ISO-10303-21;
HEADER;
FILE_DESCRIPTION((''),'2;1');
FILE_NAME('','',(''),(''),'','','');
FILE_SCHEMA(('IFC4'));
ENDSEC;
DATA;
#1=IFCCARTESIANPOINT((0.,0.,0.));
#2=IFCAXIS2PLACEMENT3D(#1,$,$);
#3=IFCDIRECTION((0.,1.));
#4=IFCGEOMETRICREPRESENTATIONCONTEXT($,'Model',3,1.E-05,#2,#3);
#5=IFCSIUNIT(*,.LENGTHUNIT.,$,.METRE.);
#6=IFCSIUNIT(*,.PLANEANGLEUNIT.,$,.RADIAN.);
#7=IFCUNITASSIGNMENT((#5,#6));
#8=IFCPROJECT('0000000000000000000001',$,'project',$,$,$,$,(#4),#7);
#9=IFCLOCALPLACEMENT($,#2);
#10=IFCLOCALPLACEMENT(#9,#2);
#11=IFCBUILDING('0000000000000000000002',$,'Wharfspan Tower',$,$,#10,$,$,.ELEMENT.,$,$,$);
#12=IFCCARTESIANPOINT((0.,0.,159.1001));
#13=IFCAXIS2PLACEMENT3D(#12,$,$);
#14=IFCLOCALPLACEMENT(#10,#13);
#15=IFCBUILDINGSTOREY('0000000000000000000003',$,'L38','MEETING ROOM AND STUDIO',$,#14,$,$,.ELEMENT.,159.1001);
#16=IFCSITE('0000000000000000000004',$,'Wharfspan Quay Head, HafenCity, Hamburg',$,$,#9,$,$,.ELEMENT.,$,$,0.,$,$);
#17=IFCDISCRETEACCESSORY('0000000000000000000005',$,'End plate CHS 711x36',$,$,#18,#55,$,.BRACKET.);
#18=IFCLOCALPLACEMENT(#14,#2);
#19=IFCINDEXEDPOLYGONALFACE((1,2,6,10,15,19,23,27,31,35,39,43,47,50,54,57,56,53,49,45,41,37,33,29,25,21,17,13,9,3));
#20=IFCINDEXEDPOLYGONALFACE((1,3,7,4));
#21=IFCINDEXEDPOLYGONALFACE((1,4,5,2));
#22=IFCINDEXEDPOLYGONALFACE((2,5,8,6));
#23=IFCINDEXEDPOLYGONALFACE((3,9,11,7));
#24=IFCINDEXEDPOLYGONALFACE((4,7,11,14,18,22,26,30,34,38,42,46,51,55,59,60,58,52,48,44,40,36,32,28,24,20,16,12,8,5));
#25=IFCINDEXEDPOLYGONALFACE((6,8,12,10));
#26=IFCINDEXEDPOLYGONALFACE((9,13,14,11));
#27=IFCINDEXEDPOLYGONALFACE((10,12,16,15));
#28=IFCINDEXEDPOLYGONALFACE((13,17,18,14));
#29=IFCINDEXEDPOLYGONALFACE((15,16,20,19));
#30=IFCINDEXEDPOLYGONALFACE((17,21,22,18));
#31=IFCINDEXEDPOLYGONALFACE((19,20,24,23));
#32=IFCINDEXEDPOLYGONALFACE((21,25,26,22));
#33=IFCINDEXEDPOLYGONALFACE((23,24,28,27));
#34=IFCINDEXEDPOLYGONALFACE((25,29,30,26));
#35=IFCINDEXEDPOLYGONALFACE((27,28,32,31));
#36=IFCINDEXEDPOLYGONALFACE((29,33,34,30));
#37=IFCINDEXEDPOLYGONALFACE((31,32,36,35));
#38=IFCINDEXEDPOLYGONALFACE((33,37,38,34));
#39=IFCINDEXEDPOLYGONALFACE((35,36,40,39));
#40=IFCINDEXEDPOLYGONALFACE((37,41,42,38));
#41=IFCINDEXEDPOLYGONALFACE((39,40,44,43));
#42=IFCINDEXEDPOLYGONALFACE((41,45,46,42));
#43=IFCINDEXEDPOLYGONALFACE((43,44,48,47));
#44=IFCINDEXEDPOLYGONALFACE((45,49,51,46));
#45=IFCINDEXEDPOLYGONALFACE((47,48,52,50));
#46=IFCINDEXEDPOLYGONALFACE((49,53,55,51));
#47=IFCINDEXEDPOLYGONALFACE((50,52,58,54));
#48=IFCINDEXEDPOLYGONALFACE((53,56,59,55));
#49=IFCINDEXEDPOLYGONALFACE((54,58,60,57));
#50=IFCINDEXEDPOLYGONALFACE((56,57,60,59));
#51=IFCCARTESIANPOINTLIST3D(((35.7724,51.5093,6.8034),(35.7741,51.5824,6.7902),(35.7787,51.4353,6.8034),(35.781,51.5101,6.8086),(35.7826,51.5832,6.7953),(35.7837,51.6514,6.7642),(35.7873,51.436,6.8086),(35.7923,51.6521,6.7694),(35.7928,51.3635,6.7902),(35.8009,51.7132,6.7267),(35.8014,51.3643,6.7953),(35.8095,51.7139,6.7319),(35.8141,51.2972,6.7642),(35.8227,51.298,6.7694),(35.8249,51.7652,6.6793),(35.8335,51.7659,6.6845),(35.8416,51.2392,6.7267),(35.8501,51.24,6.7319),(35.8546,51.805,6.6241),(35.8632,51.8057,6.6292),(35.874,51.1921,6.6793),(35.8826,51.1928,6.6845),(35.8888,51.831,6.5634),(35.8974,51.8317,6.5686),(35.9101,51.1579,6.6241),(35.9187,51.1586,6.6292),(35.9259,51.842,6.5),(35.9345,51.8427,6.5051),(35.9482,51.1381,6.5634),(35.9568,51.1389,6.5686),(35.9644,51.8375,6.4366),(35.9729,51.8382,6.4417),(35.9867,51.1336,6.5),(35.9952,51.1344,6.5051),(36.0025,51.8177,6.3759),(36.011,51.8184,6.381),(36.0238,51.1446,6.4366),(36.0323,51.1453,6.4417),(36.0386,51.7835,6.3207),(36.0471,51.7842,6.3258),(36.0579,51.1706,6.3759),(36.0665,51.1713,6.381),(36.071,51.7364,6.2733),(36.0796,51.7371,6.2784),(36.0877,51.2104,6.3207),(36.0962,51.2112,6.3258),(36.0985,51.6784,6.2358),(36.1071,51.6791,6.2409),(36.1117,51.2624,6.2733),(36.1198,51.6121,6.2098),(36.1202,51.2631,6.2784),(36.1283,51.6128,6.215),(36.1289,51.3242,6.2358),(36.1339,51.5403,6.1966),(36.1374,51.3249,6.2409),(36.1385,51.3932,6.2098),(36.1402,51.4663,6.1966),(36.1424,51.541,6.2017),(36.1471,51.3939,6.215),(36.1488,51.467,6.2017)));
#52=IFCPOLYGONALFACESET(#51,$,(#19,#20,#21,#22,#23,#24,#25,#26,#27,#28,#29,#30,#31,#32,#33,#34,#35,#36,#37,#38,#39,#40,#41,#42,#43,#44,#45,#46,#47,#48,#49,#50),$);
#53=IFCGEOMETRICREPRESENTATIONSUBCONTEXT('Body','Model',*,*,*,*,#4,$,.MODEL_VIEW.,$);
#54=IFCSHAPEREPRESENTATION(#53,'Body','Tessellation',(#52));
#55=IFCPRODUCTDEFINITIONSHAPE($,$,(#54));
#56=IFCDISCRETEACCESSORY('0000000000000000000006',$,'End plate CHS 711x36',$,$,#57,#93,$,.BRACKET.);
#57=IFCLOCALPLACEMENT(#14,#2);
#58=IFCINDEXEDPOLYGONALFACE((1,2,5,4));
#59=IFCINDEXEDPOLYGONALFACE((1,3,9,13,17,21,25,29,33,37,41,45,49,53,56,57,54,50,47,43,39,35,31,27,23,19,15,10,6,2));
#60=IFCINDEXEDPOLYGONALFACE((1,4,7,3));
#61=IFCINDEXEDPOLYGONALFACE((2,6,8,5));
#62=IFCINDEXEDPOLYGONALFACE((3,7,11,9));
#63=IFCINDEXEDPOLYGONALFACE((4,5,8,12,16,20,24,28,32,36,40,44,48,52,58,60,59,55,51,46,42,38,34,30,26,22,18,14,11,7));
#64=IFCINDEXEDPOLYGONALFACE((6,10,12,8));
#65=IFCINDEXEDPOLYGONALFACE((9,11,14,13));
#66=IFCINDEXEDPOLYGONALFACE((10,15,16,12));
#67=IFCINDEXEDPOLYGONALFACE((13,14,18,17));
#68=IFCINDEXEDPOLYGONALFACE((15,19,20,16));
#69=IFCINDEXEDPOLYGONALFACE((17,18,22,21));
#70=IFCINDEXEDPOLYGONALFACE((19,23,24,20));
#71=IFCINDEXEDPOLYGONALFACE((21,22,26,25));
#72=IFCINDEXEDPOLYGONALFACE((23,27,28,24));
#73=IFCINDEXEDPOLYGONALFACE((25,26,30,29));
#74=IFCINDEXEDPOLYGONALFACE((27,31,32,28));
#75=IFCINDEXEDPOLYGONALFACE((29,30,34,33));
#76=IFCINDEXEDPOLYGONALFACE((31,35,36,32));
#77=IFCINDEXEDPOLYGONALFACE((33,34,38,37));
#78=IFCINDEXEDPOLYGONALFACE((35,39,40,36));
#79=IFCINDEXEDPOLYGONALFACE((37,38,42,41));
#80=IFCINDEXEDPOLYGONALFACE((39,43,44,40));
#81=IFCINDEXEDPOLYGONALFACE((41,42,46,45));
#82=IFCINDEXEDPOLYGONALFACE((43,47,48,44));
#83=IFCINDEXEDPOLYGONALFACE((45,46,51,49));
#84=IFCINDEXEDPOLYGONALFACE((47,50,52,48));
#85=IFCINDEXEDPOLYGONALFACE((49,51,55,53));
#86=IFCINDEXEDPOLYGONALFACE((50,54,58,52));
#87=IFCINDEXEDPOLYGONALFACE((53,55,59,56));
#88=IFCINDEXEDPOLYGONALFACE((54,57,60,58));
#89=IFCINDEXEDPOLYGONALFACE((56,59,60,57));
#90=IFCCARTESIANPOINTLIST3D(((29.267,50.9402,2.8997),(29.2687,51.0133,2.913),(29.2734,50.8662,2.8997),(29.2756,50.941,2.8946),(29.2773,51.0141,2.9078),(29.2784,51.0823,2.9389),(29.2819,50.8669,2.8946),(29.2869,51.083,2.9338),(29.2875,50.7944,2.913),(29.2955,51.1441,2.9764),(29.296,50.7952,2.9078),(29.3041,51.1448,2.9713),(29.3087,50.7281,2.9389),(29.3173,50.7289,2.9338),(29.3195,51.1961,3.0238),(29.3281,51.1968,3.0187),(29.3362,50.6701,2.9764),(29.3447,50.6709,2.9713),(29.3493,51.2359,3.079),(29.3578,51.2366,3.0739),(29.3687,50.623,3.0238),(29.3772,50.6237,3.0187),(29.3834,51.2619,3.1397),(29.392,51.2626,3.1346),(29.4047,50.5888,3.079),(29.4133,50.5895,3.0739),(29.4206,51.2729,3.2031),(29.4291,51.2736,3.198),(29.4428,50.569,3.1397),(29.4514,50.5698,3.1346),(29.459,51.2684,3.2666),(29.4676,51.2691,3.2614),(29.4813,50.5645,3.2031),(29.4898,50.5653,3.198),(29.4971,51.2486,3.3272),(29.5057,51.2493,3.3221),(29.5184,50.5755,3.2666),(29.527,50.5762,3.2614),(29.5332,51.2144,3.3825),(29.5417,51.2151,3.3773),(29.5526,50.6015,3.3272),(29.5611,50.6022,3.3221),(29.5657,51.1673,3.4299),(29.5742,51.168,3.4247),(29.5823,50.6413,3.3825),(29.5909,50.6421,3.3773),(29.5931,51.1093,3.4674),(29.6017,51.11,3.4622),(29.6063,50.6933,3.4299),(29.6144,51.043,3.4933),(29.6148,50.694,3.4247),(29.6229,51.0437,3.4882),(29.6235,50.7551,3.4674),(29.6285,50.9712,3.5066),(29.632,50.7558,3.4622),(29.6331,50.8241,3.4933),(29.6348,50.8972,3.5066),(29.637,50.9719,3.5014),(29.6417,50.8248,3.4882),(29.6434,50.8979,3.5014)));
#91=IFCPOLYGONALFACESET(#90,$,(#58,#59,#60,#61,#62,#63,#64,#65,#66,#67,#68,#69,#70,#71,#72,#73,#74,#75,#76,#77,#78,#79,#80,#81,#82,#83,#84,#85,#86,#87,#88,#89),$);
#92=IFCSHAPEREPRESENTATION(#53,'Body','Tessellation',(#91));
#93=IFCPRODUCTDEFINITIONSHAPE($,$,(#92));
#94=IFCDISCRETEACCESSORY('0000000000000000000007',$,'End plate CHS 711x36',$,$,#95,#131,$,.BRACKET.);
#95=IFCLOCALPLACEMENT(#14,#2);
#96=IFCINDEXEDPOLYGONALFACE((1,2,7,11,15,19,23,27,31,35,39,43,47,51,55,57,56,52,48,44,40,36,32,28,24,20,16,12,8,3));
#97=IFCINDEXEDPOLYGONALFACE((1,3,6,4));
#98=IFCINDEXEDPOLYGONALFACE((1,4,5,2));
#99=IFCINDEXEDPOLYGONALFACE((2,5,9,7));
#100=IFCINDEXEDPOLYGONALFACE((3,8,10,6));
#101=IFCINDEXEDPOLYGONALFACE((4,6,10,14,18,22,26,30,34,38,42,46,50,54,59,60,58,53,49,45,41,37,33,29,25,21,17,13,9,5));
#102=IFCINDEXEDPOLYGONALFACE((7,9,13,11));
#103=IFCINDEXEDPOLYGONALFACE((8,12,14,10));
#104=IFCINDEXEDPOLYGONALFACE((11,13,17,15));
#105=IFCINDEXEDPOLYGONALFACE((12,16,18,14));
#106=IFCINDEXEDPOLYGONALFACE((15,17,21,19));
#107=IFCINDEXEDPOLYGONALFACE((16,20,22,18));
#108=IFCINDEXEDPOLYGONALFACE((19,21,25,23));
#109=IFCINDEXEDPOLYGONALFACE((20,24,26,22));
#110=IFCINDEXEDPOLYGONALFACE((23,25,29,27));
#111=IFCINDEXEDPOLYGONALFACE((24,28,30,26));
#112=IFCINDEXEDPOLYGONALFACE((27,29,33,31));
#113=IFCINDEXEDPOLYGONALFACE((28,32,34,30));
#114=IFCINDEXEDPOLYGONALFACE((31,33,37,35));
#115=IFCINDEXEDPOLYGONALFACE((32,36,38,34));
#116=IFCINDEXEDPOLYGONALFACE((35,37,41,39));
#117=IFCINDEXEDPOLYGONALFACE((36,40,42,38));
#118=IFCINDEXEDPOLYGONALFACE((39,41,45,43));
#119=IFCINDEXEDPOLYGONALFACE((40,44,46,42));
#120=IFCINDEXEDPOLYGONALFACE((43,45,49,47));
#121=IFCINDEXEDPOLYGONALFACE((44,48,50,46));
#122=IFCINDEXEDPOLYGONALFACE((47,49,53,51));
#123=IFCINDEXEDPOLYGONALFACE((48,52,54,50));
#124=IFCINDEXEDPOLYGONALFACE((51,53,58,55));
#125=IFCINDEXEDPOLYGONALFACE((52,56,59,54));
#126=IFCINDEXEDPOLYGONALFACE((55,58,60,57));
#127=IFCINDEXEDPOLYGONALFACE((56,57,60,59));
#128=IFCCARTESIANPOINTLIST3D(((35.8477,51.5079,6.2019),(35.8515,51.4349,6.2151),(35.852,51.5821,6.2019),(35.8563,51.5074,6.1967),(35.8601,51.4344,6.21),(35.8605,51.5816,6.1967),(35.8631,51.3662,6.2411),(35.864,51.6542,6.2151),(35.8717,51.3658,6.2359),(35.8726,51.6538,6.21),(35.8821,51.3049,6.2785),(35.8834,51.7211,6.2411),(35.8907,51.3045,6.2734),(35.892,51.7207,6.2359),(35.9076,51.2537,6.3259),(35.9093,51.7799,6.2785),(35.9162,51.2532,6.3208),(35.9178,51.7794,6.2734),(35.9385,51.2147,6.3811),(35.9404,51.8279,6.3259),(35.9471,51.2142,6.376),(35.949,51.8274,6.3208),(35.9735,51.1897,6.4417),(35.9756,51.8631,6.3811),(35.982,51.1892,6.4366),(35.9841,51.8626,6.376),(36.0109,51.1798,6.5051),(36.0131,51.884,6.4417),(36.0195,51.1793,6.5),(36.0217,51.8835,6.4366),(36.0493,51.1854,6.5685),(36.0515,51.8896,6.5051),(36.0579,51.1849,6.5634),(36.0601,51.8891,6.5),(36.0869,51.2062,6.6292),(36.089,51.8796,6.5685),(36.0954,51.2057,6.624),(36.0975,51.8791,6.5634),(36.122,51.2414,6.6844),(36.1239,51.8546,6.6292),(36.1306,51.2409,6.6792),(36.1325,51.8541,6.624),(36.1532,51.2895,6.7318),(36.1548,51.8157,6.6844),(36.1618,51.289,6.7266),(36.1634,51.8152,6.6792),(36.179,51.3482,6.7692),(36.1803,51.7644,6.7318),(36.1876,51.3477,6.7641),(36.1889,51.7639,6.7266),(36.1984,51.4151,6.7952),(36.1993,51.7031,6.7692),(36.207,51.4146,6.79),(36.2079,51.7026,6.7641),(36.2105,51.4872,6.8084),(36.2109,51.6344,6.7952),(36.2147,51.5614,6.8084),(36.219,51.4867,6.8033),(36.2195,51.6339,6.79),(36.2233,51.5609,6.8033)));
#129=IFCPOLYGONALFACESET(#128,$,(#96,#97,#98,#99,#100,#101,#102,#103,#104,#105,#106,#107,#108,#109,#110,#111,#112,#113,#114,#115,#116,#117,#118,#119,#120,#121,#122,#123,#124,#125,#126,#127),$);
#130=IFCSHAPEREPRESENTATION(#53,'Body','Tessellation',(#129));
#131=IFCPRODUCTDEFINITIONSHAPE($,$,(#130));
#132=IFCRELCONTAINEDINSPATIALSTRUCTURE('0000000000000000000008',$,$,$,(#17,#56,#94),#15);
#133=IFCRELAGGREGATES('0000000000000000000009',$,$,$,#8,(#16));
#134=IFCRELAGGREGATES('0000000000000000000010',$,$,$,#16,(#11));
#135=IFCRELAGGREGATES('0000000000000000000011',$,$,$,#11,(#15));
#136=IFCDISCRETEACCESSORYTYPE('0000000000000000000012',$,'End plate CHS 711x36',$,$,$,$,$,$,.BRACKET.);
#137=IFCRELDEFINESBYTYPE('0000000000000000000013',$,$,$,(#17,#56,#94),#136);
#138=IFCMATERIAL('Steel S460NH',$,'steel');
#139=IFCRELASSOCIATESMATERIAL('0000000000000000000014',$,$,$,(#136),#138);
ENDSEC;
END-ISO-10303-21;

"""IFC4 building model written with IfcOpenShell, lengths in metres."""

from ifc_helpers import new_model, si_unit, direction, frame, origin, origin_2d, place, context, subcontext, project, spatial, circle, extrude, material, material_profile, profile_set, type_object, element, save


model = new_model("IFC4")

# Units and contexts
model_context = context("Model", 3, precision=1e-05, world=origin(), true_north=direction((0.0, 1.0)))
body_context = subcontext(model_context, "Body", "Model", "MODEL_VIEW")
ifc_project = project(units=[si_unit("LENGTHUNIT", "METRE"), si_unit("PLANEANGLEUNIT", "RADIAN")], contexts=[model_context])

# Site, building, storey
site_placement = place(None, origin())
site = spatial("IfcSite", under=ifc_project, at=site_placement, Name="Wharfspan Quay Head, HafenCity, Hamburg", CompositionType="ELEMENT", RefElevation=0.0)
building_placement = place(site_placement, origin())
building = spatial("IfcBuilding", under=site, at=building_placement, Name="Wharfspan Tower", CompositionType="ELEMENT")
storey_placement = place(building_placement, frame((0.0, 0.0, 159.1001)))
storey = spatial("IfcBuildingStorey", under=building, at=storey_placement, Name="L38", Description="MEETING ROOM AND STUDIO", CompositionType="ELEMENT", Elevation=159.1001)

# Shared definitions
ifc_material_1 = material(Name="Steel S460NH", Category="steel")

# Discrete accessories
ifc_material_profile_1 = material_profile(ifc_material_1, circle(Radius=0.3555, at=origin_2d()))
ifc_profile_set_1 = profile_set([ifc_material_profile_1], Name="Steel S460NH")
discrete_accessory_type = type_object("IfcDiscreteAccessoryType", Name="End plate CHS 711x36", PredefinedType="BRACKET", material=ifc_profile_set_1)
for number, where, z_axis, x_axis, name in (
    (1, (35.9563, 51.4878, 6.5), (0.855186, 0.073302, 0.513112), (-0.085402, 0.996345, 0.000001), "End plate CHS 711x36"),
    (2, (29.4595, 50.9194, 3.198), (-0.855186, -0.073302, 0.513112), (0.085402, -0.996345, 0.000001), "End plate CHS 711x36"),
    (3, (36.0398, 51.5342, 6.5), (-0.856465, 0.048941, 0.513879), (-0.05705, -0.998372, 0.0), "End plate CHS 711x36"),
):
    element("IfcDiscreteAccessory", number, at=place(storey_placement, frame(where, z_axis=z_axis, x_axis=x_axis)), inside=storey, type_object=discrete_accessory_type, Name=name, PredefinedType="BRACKET", context=body_context, shape_type="SweptSolid", body=[
        extrude(circle(Radius=0.3555, at=origin_2d()), origin(), (0.0, 0.0, 1.0), 0.01),
    ])

save(model, "model.ifc")
